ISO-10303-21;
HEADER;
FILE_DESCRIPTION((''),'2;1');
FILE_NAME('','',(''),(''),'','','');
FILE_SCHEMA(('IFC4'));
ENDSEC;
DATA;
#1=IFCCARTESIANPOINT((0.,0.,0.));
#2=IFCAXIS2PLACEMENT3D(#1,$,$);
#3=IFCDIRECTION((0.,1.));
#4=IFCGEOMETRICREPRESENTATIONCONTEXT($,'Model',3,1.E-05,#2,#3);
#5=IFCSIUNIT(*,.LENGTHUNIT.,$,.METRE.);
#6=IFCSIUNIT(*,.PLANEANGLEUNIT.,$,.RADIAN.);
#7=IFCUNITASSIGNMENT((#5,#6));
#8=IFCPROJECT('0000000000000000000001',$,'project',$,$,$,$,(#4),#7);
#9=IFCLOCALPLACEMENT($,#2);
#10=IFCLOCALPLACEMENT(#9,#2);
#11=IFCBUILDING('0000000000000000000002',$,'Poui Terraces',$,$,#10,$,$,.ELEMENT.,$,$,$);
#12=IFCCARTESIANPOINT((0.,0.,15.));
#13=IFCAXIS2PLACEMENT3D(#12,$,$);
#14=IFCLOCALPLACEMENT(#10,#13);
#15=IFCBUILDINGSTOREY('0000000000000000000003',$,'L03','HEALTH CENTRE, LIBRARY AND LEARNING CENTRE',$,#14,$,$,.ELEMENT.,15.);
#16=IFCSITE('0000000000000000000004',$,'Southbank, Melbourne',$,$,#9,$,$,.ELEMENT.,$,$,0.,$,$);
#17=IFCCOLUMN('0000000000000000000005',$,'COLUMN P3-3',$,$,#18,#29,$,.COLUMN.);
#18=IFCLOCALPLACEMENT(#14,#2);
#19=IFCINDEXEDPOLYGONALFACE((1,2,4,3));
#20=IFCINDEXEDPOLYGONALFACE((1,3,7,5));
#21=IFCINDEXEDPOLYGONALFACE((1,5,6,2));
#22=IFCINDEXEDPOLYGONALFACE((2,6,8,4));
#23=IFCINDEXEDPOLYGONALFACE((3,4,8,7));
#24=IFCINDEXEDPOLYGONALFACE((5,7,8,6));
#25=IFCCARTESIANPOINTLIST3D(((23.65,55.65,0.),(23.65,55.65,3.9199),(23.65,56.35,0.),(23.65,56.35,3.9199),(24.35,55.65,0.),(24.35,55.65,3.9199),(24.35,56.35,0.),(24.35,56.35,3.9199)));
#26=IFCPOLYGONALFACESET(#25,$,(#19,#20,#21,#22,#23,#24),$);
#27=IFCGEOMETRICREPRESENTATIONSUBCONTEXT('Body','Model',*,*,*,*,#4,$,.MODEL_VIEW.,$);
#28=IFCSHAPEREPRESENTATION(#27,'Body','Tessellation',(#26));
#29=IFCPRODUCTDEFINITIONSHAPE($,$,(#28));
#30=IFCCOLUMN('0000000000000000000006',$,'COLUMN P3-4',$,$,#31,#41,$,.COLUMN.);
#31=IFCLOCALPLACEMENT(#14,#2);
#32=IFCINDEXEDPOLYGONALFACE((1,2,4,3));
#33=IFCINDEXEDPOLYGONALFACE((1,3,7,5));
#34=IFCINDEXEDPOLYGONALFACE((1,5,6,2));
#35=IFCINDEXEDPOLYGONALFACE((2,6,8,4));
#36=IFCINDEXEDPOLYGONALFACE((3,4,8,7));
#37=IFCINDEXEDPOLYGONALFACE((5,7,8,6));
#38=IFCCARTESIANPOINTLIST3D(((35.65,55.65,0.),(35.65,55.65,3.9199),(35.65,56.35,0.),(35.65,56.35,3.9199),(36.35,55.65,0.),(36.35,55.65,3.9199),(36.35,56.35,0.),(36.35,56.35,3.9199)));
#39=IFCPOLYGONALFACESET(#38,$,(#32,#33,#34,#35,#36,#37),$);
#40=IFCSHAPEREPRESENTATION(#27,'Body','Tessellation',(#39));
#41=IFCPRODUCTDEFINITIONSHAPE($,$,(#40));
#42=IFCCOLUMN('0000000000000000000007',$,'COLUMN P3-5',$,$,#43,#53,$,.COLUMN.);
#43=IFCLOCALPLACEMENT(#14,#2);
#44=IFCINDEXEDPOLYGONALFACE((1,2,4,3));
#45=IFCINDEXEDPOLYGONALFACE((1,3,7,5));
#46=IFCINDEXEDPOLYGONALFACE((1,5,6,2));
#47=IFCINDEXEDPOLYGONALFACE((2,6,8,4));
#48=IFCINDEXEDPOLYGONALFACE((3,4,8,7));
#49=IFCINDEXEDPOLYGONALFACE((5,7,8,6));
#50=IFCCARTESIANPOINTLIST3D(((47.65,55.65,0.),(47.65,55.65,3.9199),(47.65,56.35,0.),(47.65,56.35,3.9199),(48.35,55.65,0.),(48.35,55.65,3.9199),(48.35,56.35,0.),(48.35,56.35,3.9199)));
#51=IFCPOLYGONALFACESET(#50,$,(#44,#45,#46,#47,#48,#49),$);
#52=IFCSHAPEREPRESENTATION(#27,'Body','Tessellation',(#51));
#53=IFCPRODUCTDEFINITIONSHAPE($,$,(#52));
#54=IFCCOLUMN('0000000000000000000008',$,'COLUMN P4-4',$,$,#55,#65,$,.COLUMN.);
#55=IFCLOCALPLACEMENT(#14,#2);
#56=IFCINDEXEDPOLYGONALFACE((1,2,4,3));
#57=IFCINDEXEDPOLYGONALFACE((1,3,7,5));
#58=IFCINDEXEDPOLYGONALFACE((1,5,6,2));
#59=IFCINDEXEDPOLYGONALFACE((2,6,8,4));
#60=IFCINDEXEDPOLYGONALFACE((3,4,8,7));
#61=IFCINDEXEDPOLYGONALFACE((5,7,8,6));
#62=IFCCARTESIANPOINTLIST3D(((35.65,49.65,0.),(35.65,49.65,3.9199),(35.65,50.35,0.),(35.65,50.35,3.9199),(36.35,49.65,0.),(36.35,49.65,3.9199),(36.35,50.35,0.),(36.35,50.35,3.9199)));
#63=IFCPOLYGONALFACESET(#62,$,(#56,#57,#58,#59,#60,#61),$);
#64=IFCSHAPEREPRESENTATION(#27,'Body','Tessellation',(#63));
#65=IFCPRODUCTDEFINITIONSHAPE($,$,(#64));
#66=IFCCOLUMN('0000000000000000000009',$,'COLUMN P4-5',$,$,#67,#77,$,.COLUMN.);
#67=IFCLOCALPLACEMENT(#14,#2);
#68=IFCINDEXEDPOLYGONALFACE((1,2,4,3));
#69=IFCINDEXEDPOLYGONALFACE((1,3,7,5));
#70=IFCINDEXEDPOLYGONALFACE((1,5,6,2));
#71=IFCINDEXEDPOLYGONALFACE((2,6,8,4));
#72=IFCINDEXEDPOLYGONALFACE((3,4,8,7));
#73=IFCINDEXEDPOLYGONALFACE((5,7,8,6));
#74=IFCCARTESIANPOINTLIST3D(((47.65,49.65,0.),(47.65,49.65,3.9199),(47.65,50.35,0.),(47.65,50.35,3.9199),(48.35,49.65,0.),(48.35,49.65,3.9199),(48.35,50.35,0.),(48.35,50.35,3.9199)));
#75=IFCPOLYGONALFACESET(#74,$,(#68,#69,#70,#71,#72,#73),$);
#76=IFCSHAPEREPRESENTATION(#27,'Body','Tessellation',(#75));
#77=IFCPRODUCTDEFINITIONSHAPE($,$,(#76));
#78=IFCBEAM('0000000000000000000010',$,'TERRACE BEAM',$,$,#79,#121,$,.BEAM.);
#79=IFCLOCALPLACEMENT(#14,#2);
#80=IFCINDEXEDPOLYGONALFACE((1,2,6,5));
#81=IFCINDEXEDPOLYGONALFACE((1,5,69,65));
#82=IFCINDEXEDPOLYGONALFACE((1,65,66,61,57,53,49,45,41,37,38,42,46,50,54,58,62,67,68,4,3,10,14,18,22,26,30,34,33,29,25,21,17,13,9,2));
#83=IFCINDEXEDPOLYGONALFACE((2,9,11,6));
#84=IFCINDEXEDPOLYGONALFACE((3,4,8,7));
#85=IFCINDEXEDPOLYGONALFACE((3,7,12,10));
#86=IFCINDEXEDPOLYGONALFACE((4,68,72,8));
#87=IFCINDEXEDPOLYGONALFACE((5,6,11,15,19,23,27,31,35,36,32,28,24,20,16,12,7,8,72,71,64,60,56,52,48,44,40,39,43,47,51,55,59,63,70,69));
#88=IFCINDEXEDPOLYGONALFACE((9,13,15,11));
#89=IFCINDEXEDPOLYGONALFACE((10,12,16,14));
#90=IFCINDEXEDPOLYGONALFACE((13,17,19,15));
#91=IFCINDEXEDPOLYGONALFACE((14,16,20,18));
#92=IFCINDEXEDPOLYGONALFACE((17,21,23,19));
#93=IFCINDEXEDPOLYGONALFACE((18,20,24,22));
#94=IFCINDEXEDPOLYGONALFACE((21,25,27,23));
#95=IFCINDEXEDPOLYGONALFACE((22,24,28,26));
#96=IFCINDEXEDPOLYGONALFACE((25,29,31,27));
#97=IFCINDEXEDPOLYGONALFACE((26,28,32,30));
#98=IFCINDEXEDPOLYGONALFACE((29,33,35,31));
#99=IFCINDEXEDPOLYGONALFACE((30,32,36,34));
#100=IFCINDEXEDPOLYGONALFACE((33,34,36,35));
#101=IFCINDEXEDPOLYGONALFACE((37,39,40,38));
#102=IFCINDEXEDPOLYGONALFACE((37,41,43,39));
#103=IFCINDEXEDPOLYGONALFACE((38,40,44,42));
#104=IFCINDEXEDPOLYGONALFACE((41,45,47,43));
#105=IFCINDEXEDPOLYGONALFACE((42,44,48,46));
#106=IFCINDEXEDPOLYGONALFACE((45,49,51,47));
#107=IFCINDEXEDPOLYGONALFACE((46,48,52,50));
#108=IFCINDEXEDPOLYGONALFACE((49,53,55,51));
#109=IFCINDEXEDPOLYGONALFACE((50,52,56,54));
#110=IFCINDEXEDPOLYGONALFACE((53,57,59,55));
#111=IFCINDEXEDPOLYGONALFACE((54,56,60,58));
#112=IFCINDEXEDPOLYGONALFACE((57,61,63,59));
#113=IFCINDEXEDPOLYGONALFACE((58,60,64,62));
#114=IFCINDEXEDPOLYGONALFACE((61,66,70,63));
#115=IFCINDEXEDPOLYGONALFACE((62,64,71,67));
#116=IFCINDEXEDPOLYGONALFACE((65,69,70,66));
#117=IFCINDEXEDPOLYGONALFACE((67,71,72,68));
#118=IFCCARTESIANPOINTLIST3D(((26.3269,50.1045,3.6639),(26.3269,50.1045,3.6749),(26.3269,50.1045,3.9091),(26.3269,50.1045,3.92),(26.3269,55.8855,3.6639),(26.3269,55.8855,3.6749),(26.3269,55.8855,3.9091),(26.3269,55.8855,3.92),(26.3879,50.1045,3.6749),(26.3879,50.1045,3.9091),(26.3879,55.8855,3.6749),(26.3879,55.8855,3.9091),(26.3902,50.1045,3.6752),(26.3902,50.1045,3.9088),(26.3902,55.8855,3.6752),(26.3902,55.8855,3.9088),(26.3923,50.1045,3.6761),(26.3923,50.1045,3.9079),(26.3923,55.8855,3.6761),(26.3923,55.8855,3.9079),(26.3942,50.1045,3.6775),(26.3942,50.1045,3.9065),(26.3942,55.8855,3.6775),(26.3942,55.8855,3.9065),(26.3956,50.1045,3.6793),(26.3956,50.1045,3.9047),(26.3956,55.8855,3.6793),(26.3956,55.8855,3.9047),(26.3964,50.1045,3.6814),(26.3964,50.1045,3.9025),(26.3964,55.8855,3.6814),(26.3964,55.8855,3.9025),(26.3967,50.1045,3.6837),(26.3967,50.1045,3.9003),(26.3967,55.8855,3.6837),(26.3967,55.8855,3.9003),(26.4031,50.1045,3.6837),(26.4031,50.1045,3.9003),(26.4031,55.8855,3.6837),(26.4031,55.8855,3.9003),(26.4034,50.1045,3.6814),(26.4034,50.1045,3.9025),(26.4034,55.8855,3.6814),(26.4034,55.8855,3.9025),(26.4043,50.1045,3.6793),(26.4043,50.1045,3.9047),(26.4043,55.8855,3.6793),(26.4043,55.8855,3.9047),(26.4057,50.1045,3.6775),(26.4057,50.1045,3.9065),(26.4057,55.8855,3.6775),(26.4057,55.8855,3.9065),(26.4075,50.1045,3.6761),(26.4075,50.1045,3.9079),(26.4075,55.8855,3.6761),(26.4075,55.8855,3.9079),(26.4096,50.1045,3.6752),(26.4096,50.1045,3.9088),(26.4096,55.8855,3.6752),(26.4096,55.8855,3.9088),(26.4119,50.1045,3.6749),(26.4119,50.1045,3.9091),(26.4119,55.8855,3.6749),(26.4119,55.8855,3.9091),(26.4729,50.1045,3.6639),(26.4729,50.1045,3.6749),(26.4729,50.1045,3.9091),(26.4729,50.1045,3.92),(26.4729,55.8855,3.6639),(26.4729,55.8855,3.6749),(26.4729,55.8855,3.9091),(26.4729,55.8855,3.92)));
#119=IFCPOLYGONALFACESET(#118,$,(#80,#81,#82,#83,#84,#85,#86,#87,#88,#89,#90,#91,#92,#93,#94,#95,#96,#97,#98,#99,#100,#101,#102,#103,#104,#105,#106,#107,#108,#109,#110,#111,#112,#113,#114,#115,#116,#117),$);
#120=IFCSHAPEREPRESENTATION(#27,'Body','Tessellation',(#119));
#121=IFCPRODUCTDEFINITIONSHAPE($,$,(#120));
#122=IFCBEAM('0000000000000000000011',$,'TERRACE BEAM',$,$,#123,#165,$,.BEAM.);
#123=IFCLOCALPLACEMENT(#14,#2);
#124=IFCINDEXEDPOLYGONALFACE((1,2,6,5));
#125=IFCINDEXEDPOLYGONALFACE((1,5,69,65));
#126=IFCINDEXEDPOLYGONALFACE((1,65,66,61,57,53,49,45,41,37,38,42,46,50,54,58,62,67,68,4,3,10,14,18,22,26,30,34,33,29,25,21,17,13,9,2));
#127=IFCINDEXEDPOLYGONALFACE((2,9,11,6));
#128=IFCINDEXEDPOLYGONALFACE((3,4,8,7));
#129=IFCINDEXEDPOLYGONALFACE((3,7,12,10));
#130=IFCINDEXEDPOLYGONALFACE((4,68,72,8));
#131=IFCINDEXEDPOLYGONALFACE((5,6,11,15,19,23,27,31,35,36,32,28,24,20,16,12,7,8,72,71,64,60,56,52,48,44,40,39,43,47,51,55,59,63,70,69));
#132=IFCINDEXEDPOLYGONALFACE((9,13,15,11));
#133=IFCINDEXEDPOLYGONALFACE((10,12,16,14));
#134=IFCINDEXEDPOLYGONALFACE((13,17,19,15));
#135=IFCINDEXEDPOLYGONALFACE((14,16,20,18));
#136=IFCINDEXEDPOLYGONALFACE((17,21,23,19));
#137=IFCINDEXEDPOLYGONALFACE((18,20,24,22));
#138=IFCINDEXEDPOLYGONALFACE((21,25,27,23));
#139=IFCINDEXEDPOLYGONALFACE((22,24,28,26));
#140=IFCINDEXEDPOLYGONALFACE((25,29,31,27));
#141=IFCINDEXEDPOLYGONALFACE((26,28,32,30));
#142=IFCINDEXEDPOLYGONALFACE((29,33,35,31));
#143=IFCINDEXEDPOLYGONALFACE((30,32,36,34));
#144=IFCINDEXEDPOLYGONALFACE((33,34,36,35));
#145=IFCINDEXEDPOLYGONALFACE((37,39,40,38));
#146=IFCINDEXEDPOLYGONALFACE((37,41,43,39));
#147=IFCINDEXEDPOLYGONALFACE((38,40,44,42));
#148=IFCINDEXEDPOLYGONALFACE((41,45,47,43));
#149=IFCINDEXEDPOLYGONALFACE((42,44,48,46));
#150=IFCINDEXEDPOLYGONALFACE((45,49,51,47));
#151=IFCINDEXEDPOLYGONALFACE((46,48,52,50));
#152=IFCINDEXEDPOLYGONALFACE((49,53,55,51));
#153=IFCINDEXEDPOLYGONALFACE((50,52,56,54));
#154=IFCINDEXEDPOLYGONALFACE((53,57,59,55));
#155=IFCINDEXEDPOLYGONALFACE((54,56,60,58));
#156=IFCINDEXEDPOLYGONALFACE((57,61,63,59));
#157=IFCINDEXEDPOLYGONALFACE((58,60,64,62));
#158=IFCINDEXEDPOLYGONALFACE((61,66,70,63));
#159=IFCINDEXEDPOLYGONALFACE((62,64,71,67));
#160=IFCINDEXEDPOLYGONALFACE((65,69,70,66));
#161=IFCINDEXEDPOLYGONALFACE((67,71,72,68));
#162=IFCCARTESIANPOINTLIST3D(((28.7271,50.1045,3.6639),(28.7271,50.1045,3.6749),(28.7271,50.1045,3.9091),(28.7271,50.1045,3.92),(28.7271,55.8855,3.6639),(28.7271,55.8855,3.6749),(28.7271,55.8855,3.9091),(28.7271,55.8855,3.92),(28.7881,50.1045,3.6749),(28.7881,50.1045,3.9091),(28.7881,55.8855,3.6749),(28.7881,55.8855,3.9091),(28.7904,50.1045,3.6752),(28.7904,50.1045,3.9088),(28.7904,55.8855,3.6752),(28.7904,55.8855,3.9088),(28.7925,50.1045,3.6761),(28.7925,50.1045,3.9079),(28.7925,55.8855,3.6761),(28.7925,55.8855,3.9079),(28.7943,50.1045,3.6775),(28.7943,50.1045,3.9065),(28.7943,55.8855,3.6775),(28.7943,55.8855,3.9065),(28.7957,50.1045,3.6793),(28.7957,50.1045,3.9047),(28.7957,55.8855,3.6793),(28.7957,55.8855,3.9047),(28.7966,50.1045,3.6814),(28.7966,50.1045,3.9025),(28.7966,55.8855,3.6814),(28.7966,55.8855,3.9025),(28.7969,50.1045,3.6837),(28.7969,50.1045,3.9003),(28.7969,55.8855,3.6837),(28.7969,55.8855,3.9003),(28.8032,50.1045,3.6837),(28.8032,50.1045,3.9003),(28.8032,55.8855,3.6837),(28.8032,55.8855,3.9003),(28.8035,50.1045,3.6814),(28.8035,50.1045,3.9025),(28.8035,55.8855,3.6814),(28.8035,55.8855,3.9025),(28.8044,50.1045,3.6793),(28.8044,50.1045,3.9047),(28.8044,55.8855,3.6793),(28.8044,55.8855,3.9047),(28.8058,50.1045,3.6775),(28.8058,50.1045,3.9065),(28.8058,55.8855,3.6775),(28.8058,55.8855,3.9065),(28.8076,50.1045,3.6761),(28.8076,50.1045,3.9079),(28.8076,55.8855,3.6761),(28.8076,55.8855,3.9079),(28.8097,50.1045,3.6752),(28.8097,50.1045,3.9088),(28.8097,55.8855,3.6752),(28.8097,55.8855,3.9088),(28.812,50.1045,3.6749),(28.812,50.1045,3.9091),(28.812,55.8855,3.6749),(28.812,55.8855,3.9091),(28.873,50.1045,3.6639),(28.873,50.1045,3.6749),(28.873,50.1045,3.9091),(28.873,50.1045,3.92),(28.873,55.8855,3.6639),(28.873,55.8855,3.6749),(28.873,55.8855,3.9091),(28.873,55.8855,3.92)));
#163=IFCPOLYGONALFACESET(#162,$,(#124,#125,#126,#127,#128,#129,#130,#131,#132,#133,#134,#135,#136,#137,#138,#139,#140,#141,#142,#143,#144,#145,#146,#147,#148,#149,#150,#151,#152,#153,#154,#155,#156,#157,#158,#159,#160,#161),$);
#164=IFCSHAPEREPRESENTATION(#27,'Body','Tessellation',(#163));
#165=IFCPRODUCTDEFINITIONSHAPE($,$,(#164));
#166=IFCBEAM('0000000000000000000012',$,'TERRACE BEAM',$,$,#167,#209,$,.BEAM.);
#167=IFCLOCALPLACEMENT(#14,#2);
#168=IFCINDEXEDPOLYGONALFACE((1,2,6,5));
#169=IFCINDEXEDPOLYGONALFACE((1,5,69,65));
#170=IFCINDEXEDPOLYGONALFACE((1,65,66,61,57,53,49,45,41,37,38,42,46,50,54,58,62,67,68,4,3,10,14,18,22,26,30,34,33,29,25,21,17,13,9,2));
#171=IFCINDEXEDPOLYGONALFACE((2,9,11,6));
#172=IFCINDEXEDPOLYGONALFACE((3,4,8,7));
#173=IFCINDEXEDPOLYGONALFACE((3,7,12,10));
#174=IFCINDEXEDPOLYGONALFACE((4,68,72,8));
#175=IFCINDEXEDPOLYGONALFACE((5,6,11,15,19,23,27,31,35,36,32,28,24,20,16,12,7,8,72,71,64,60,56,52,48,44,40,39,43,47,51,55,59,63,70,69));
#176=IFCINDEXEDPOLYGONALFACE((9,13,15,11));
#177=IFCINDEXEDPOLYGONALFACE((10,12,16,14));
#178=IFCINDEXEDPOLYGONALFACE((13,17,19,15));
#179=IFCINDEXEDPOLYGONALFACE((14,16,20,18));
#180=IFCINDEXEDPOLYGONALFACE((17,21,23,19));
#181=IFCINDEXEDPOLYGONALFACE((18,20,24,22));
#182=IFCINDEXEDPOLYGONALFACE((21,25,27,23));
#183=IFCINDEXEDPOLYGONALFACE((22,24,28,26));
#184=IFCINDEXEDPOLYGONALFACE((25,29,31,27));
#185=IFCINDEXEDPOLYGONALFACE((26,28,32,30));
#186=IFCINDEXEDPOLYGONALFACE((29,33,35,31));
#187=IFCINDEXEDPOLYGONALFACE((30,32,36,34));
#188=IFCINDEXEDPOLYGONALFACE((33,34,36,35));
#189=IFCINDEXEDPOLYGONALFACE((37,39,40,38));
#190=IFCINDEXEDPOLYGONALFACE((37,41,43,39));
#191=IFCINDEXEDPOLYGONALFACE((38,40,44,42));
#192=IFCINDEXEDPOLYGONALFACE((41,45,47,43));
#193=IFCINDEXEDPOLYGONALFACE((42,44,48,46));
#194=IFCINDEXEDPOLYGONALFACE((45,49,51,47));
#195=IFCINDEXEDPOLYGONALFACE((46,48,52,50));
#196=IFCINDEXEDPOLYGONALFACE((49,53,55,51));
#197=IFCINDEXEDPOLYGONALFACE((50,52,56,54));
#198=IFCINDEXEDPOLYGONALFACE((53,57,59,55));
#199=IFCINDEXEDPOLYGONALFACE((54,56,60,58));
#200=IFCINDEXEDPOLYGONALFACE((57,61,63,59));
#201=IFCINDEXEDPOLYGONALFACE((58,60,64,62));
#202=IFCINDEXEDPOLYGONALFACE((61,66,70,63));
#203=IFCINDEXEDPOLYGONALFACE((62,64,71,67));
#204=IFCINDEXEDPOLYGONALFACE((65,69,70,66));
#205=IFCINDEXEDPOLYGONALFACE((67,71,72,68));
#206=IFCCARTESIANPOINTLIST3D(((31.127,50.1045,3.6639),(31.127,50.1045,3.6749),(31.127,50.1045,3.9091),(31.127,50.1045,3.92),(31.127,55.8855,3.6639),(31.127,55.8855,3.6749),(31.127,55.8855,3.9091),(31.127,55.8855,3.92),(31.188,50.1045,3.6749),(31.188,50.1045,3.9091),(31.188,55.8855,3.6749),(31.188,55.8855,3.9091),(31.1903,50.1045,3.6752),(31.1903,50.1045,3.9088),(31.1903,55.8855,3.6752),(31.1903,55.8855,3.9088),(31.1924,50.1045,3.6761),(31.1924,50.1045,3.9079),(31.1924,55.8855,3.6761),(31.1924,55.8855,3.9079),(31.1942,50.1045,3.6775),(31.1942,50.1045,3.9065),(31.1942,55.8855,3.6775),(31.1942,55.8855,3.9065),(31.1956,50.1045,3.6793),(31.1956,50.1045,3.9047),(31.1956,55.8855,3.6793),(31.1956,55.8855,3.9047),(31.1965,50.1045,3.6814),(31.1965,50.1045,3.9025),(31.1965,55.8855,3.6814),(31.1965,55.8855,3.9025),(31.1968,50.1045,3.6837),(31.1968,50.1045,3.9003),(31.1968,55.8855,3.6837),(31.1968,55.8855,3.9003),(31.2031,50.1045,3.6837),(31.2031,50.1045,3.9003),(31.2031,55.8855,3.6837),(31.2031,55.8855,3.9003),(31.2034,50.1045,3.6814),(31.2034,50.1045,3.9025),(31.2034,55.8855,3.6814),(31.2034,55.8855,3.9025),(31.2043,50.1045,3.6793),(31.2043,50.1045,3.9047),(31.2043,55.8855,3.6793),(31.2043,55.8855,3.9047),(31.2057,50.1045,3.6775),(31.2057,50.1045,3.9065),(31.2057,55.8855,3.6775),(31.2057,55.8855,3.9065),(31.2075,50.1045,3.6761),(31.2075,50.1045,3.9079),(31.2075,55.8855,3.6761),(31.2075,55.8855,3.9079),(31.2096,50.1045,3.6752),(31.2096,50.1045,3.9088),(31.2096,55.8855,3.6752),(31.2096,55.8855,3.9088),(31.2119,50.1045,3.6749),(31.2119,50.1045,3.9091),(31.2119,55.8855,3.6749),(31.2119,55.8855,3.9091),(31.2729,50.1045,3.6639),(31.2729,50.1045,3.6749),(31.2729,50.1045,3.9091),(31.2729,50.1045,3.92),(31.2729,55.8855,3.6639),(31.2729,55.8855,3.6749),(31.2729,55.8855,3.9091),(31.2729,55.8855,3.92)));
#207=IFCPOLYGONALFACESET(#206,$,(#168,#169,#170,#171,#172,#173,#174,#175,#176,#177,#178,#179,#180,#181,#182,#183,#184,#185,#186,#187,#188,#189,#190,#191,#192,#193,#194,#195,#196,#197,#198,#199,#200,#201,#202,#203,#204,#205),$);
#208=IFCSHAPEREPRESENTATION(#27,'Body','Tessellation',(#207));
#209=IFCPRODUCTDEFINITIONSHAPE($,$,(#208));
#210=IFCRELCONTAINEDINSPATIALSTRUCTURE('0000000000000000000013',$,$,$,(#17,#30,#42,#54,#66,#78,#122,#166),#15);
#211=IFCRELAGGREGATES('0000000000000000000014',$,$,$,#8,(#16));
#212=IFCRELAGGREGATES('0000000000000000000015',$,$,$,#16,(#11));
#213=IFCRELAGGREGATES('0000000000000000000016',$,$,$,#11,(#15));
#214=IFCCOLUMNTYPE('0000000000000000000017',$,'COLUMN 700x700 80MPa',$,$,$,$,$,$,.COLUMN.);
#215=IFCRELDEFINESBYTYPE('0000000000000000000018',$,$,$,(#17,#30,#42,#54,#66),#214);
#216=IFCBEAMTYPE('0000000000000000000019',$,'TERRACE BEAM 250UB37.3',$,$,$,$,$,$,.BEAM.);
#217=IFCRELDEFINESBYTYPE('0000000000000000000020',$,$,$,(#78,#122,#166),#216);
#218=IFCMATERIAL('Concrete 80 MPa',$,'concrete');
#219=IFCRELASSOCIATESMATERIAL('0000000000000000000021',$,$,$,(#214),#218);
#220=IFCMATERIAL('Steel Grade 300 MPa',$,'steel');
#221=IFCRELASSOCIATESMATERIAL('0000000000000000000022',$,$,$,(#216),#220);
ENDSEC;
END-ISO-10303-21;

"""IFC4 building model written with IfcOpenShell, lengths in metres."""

from ifc_helpers import new_model, si_unit, direction, frame, origin, origin_2d, place, context, subcontext, project, spatial, rectangle, i_section, extrude, source, transform, mapped, material, material_profile, profile_set, type_object, element, save


model = new_model("IFC4")

# Units and contexts
model_context = context("Model", 3, precision=1e-05, world=origin(), true_north=direction((0.0, 1.0)))
body_context = subcontext(model_context, "Body", "Model", "MODEL_VIEW")
ifc_project = project(units=[si_unit("LENGTHUNIT", "METRE"), si_unit("PLANEANGLEUNIT", "RADIAN")], contexts=[model_context])

# Site, building, storey
site_placement = place(None, origin())
site = spatial("IfcSite", under=ifc_project, at=site_placement, Name="Southbank, Melbourne", CompositionType="ELEMENT", RefElevation=0.0)
building_placement = place(site_placement, origin())
building = spatial("IfcBuilding", under=site, at=building_placement, Name="Poui Terraces", CompositionType="ELEMENT")
storey_placement = place(building_placement, frame((0.0, 0.0, 15.0)))
storey = spatial("IfcBuildingStorey", under=building, at=storey_placement, Name="L03", Description="HEALTH CENTRE, LIBRARY AND LEARNING CENTRE", CompositionType="ELEMENT", Elevation=15.0)

# Columns
ifc_material_1 = material(Name="Concrete 80 MPa", Category="concrete")
ifc_material_profile_1 = material_profile(ifc_material_1, rectangle(XDim=0.7, YDim=0.7, at=origin_2d()), Name="RC 700x700")
ifc_profile_set_1 = profile_set([ifc_material_profile_1], Name="Concrete 80 MPa")
column_type = type_object("IfcColumnType", Name="COLUMN 700x700 80MPa", PredefinedType="COLUMN", material=ifc_profile_set_1)
shared_shape_1 = source(origin(), body_context, "Body", "SweptSolid", [
    extrude(rectangle(XDim=0.7, YDim=0.7, at=origin_2d()), origin(), (0.0, 0.0, 1.0), 3.9199),
])
for number, where, z_axis, x_axis, name in (
    (1, (24.0, 56.0, 0.0), (0.0, 0.0, 1.0), (1.0, 0.0, 0.0), "COLUMN P3-3"),
    (2, (36.0, 56.0, 0.0), (0.0, 0.0, 1.0), (1.0, 0.0, 0.0), "COLUMN P3-4"),
    (3, (48.0, 56.0, 0.0), (0.0, 0.0, 1.0), (1.0, 0.0, 0.0), "COLUMN P3-5"),
    (4, (36.0, 50.0, 0.0), (0.0, 0.0, 1.0), (1.0, 0.0, 0.0), "COLUMN P4-4"),
    (5, (48.0, 50.0, 0.0), (0.0, 0.0, 1.0), (1.0, 0.0, 0.0), "COLUMN P4-5"),
):
    element("IfcColumn", number, at=place(storey_placement, frame(where, z_axis=z_axis, x_axis=x_axis)), inside=storey, type_object=column_type, Name=name, PredefinedType="COLUMN", context=body_context, shape_type="MappedRepresentation", body=[
        mapped(shared_shape_1, transform((0.0, 0.0, 0.0))),
    ])

# Beams
ifc_material_2 = material(Name="Steel Grade 300 MPa", Category="steel")
ifc_material_profile_2 = material_profile(ifc_material_2, i_section(OverallWidth=0.146, OverallDepth=0.2561, WebThickness=0.0063, FlangeThickness=0.011, FilletRadius=0.0088, at=origin_2d()), Name="250UB37.3")
ifc_profile_set_2 = profile_set([ifc_material_profile_2], Name="Steel Grade 300 MPa")
beam_type_1 = type_object("IfcBeamType", Name="TERRACE BEAM 250UB37.3", PredefinedType="BEAM", material=ifc_profile_set_2)
shared_shape_2 = source(origin(), body_context, "Body", "SweptSolid", [
    extrude(i_section(OverallWidth=0.146, OverallDepth=0.2561, WebThickness=0.0063, FlangeThickness=0.011, FilletRadius=0.0088, at=origin_2d()), origin(), (0.0, 0.0, 1.0), 5.781),
])
for number, where, z_axis, x_axis, name in (
    (6, (26.3999, 50.1045, 3.792), (0.0, 1.0, 0.0), (-1.0, 0.0, 0.0), "TERRACE BEAM"),
    (7, (28.8, 50.1045, 3.792), (0.0, 1.0, 0.0), (-1.0, 0.0, 0.0), "TERRACE BEAM"),
    (8, (31.2, 50.1045, 3.792), (0.0, 1.0, 0.0), (-1.0, 0.0, 0.0), "TERRACE BEAM"),
):
    element("IfcBeam", number, at=place(storey_placement, frame(where, z_axis=z_axis, x_axis=x_axis)), inside=storey, type_object=beam_type_1, Name=name, PredefinedType="BEAM", context=body_context, shape_type="MappedRepresentation", body=[
        mapped(shared_shape_2, transform((0.0, 0.0, 0.0))),
    ])

save(model, "model.ifc")
